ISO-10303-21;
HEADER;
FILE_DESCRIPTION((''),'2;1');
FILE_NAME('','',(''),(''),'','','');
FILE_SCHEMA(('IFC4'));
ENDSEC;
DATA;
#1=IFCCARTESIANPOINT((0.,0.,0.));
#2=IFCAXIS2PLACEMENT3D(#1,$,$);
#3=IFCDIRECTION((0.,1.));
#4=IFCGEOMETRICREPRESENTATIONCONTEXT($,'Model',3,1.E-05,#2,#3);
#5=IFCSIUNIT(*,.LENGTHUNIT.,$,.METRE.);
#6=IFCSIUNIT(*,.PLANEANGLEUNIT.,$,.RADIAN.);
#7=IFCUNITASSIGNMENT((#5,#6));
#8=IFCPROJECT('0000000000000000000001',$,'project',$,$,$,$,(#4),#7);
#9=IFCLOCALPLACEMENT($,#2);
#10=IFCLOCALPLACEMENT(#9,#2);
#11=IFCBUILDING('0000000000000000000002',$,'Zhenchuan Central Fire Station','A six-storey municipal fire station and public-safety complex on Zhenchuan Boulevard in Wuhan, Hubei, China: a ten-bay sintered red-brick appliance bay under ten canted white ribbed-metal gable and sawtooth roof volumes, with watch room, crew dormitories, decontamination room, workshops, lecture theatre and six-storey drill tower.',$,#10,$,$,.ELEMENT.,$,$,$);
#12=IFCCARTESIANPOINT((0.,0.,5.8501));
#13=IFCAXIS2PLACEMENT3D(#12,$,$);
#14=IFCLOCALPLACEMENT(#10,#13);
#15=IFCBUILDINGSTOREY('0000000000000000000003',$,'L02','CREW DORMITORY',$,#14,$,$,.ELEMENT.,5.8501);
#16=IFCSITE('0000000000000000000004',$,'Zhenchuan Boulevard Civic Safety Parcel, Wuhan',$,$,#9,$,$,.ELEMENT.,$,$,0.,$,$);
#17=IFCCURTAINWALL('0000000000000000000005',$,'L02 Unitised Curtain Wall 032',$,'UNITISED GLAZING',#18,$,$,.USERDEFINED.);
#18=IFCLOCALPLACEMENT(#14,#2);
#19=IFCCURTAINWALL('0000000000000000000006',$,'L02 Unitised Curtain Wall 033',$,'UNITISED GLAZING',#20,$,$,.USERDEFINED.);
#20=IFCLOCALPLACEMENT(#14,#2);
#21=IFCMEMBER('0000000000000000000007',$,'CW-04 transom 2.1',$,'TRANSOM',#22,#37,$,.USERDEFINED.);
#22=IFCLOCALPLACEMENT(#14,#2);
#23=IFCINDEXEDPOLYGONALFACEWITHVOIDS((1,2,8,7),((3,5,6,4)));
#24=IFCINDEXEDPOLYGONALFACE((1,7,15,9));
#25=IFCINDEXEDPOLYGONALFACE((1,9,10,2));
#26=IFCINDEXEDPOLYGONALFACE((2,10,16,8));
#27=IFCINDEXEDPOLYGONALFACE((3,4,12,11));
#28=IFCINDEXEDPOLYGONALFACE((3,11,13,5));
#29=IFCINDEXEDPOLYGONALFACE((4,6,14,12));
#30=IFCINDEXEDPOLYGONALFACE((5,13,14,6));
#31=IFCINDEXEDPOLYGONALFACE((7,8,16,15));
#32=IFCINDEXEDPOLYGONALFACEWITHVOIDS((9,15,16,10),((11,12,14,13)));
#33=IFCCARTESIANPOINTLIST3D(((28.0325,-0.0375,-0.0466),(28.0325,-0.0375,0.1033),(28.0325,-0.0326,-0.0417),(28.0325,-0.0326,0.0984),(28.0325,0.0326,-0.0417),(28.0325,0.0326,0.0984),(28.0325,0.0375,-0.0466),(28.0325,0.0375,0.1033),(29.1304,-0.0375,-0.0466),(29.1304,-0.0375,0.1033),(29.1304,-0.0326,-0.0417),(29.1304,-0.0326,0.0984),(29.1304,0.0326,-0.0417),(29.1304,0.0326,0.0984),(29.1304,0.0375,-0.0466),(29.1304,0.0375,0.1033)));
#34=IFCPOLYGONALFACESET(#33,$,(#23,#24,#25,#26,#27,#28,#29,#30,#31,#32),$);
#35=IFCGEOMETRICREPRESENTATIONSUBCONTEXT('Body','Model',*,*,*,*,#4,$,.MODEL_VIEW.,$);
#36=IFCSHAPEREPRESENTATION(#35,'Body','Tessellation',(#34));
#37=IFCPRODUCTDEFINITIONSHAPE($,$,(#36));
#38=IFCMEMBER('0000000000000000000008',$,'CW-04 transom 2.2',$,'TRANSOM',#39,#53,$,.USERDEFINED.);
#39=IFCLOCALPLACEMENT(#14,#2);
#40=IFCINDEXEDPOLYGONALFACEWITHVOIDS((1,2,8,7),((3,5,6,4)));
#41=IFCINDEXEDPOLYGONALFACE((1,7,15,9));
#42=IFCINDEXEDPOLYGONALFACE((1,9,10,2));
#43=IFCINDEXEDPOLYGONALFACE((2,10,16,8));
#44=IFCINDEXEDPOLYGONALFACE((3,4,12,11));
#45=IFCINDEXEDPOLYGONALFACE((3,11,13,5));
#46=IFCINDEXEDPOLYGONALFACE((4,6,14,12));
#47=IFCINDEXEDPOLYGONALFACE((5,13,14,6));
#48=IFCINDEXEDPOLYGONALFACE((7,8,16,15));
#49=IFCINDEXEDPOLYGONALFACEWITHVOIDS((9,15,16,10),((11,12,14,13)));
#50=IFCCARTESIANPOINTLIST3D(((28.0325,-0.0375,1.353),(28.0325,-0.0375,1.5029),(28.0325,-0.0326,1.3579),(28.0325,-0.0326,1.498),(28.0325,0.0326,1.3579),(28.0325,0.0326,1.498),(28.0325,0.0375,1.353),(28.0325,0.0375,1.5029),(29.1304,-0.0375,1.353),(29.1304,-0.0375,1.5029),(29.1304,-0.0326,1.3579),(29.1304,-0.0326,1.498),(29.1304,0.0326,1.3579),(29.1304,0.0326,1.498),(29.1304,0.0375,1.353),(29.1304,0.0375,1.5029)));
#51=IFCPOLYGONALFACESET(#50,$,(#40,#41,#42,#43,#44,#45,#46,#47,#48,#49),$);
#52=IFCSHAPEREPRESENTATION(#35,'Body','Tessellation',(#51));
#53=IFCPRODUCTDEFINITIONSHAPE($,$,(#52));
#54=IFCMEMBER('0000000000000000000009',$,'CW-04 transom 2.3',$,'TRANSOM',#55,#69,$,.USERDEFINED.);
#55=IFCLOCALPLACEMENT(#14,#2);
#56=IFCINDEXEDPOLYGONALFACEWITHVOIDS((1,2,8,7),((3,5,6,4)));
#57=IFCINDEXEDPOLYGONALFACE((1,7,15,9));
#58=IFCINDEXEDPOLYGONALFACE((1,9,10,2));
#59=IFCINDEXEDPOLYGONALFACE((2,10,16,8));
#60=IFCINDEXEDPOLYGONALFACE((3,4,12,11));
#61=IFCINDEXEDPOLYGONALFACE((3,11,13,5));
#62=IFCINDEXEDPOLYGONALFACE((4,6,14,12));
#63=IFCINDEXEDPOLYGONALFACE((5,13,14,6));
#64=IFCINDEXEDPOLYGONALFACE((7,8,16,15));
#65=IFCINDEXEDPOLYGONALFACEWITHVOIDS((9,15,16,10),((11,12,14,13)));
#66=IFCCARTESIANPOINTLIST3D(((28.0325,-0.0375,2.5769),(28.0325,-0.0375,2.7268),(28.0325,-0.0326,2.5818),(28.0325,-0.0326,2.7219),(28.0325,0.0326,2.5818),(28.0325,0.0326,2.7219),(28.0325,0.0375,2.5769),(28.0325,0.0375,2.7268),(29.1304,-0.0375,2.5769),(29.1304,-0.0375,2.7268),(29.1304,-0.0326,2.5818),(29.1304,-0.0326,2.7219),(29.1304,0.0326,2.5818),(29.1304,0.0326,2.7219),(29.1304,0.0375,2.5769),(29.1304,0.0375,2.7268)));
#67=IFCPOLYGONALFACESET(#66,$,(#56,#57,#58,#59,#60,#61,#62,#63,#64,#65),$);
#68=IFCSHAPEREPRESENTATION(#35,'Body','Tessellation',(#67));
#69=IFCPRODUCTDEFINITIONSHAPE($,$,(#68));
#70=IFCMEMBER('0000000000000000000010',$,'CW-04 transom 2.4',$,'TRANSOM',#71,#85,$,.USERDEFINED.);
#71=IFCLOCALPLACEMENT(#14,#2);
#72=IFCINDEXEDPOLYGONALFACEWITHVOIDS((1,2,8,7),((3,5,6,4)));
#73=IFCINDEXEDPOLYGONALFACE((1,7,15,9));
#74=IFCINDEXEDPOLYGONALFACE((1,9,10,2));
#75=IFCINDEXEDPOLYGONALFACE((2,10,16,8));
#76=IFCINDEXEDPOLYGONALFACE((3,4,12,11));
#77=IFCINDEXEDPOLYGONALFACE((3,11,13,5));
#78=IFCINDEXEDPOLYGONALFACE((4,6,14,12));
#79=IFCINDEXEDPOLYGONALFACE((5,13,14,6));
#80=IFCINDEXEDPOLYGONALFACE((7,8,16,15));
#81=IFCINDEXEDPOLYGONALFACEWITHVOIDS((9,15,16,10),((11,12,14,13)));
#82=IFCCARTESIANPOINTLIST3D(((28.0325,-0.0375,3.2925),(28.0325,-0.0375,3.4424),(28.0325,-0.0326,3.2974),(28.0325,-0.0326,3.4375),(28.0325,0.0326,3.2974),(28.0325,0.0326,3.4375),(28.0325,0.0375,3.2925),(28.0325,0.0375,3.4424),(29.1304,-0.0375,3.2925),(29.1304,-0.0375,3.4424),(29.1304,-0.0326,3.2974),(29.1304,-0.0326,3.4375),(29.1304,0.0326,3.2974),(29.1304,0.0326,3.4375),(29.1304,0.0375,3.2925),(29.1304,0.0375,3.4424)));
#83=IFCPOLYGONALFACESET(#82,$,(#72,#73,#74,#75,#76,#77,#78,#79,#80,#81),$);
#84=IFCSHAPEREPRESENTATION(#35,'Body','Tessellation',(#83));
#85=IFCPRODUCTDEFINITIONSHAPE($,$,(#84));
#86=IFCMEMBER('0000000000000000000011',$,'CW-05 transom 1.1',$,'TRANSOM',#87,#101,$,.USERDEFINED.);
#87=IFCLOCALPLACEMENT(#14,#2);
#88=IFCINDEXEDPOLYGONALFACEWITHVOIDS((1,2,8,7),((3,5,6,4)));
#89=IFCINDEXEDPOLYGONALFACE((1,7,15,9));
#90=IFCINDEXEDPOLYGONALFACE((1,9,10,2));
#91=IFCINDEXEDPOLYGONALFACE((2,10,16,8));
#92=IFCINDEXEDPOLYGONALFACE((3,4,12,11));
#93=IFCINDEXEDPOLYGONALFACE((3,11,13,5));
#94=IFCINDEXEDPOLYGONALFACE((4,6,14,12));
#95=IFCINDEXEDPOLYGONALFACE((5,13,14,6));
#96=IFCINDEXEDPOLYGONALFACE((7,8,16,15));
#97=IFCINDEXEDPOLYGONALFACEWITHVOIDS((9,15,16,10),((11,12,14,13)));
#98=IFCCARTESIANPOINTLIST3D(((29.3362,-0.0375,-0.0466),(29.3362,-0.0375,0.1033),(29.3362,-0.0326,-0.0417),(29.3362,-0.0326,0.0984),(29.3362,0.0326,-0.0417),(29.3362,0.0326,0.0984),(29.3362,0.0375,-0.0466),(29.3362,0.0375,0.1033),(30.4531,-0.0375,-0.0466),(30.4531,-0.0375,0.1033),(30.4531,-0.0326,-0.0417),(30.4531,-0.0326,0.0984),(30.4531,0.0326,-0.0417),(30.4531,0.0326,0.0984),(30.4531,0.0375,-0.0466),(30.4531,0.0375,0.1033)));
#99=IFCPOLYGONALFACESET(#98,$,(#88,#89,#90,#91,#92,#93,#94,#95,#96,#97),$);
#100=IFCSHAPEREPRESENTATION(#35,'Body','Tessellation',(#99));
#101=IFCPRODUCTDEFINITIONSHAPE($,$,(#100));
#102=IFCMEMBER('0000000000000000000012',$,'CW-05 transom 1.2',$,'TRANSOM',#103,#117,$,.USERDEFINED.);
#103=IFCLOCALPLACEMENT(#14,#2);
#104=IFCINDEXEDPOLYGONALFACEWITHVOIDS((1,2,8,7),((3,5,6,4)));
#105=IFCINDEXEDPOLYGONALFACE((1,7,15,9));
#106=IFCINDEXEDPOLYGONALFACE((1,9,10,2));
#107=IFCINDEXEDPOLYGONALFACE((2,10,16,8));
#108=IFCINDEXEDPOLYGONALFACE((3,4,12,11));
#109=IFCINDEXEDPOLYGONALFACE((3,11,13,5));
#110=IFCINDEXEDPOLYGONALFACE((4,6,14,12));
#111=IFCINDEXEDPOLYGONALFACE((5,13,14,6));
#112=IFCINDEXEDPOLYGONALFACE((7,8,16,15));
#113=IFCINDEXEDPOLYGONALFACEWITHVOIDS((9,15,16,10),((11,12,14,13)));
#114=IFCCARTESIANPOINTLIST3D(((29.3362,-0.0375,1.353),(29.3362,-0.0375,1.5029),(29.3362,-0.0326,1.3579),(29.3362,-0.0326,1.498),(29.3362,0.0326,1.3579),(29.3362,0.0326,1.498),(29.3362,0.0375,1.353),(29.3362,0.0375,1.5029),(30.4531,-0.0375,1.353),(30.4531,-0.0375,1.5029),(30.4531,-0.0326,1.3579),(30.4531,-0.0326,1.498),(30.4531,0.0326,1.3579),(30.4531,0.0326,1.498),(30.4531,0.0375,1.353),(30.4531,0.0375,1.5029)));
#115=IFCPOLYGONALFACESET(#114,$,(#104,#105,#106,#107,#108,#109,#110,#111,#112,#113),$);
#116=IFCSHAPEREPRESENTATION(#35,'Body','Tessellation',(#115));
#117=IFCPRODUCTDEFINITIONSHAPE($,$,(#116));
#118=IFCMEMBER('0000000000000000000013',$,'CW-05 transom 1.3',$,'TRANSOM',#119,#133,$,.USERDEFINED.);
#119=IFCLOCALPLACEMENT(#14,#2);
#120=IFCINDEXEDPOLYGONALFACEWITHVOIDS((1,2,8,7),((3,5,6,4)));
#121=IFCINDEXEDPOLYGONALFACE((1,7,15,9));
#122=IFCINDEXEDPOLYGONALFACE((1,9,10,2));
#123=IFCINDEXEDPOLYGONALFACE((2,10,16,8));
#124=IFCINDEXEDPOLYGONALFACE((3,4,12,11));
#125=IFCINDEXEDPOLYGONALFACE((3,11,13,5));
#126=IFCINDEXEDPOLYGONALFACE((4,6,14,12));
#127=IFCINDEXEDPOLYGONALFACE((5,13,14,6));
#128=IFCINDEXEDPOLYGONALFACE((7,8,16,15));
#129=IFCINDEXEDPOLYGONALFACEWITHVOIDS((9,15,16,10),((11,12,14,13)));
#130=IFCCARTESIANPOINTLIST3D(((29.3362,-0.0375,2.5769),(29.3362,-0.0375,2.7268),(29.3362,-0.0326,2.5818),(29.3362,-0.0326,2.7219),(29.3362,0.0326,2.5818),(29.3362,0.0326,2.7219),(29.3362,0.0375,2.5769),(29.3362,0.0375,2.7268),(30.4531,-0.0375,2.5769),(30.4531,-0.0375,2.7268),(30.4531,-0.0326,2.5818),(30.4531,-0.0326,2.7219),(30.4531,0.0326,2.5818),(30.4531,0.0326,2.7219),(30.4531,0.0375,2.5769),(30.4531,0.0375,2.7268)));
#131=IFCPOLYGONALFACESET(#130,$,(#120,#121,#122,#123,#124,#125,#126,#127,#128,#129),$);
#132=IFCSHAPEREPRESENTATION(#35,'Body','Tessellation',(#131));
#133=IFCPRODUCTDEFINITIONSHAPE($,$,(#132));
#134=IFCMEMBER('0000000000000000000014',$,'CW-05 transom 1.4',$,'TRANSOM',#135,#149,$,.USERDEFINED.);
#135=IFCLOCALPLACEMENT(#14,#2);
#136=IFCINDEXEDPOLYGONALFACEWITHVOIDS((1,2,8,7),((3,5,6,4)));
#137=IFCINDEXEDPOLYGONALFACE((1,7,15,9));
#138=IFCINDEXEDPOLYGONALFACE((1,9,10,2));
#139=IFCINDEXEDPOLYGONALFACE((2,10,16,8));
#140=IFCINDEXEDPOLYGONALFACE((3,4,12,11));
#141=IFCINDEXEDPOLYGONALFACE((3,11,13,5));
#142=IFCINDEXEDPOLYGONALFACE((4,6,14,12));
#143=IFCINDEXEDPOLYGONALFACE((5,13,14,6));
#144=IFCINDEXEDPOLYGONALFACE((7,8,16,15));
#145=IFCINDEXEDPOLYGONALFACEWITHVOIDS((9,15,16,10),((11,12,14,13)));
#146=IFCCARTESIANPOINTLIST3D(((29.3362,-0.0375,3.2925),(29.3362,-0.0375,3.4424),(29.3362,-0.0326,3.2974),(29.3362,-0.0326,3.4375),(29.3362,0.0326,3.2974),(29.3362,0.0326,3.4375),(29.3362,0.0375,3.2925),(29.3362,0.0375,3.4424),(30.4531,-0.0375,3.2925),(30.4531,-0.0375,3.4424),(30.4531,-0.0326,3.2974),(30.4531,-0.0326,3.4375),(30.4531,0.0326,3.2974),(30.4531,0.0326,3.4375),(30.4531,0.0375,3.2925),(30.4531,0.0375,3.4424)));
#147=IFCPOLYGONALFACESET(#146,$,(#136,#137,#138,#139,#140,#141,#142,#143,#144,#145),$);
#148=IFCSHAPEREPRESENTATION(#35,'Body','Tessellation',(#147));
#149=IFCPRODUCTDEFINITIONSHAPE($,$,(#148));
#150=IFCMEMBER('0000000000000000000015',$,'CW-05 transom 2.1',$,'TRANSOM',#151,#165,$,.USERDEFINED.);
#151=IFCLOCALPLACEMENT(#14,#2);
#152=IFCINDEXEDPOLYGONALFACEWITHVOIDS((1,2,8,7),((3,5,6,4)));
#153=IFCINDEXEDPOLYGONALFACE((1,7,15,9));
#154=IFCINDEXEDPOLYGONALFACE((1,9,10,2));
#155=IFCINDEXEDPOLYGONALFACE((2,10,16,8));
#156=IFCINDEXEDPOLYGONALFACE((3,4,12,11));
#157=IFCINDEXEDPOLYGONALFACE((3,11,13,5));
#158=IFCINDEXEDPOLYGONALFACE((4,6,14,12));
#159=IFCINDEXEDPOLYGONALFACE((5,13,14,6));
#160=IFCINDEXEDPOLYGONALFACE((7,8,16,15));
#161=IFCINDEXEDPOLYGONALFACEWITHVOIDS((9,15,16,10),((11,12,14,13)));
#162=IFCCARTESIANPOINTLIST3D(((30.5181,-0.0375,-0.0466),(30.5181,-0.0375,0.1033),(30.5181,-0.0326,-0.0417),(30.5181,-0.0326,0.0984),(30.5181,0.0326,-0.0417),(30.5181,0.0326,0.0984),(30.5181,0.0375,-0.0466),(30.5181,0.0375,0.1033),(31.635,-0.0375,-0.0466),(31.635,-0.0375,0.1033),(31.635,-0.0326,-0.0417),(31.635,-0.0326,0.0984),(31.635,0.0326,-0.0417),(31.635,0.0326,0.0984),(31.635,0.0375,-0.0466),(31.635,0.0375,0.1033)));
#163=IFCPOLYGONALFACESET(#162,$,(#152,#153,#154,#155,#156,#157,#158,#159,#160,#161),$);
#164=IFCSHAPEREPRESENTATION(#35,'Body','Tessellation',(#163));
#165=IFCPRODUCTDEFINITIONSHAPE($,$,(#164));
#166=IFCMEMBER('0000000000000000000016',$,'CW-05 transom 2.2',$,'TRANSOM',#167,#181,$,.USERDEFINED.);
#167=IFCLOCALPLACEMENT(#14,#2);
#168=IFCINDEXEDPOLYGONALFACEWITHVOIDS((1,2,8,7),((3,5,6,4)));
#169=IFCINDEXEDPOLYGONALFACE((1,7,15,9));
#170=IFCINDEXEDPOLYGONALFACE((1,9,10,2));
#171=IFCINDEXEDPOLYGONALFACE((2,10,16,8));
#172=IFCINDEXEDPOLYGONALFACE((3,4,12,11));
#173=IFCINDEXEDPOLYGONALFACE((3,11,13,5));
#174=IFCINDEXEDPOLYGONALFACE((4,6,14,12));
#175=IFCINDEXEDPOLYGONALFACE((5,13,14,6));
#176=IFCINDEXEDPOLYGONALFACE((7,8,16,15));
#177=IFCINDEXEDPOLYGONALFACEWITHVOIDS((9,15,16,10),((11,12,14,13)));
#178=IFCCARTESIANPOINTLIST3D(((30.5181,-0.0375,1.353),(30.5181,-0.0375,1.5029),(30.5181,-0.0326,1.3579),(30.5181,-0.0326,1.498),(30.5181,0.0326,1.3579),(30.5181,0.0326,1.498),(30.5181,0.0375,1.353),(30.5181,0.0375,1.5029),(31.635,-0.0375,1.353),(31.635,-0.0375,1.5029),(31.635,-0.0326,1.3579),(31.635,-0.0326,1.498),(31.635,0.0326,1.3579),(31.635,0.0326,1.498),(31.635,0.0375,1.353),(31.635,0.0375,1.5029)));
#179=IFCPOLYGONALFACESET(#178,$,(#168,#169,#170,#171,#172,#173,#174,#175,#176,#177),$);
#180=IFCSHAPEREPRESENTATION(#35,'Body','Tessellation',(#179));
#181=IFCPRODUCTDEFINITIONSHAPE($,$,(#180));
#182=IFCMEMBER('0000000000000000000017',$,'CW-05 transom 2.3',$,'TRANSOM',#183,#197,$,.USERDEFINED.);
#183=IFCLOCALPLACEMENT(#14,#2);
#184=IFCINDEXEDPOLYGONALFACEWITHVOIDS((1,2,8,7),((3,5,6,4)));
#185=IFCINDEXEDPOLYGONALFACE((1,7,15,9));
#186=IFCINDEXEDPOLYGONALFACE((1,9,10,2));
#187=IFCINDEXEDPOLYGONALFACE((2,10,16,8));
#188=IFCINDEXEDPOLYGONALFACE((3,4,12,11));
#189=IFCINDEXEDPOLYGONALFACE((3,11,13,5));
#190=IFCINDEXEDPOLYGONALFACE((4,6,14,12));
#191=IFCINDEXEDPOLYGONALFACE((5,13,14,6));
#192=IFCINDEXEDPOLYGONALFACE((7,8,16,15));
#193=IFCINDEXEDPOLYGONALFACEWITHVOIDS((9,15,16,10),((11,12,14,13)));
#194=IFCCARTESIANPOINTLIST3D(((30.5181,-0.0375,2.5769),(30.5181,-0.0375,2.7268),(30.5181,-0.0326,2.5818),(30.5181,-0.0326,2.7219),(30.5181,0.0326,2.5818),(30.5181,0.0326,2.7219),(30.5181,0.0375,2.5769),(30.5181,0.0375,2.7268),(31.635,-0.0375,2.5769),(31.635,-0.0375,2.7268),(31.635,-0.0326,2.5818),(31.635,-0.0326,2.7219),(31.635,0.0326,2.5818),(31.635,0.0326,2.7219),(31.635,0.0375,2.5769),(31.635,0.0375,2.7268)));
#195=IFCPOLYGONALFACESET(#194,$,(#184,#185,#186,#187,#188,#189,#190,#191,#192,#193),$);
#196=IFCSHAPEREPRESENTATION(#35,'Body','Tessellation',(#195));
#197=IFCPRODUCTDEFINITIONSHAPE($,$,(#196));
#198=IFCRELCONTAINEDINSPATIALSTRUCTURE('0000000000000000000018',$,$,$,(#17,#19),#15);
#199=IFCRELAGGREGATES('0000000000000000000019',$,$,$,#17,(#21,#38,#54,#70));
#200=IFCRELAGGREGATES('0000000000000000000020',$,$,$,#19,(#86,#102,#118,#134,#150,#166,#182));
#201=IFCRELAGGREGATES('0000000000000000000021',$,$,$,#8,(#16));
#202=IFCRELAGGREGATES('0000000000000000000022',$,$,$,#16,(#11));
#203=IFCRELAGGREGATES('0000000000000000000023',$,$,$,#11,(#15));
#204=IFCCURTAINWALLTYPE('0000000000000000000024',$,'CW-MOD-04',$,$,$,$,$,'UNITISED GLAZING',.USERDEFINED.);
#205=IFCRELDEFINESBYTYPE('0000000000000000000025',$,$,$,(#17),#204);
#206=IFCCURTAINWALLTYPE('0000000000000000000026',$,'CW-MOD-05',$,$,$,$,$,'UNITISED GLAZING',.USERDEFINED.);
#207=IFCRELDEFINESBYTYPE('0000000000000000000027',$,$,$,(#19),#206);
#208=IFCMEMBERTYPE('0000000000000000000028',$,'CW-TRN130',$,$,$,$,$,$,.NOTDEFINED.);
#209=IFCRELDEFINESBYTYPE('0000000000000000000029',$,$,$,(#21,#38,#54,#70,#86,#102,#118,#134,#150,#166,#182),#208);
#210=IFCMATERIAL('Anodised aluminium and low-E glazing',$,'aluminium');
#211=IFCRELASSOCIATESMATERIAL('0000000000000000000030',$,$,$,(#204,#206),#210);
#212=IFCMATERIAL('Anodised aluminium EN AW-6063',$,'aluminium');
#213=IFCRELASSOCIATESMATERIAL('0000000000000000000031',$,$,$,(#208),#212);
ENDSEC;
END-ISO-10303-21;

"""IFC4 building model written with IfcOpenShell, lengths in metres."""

from ifc_helpers import new_model, si_unit, direction, frame, origin, origin_2d, place, context, subcontext, project, spatial, hollow_rectangle, extrude, material, material_profile, profile_set, type_object, element, aggregate, save


model = new_model("IFC4")

# Units and contexts
model_context = context("Model", 3, precision=1e-05, world=origin(), true_north=direction((0.0, 1.0)))
body_context = subcontext(model_context, "Body", "Model", "MODEL_VIEW")
ifc_project = project(units=[si_unit("LENGTHUNIT", "METRE"), si_unit("PLANEANGLEUNIT", "RADIAN")], contexts=[model_context])

# Site, building, storey
site_placement = place(None, origin())
site = spatial("IfcSite", under=ifc_project, at=site_placement, Name="Zhenchuan Boulevard Civic Safety Parcel, Wuhan", CompositionType="ELEMENT", RefElevation=0.0)
building_placement = place(site_placement, origin())
building = spatial("IfcBuilding", under=site, at=building_placement, Name="Zhenchuan Central Fire Station", Description="A six-storey municipal fire station and public-safety complex on Zhenchuan Boulevard in Wuhan, Hubei, China: a ten-bay sintered red-brick appliance bay under ten canted white ribbed-metal gable and sawtooth roof volumes, with watch room, crew dormitories, decontamination room, workshops, lecture theatre and six-storey drill tower.", CompositionType="ELEMENT")
storey_placement = place(building_placement, frame((0.0, 0.0, 5.8501)))
storey = spatial("IfcBuildingStorey", under=building, at=storey_placement, Name="L02", Description="CREW DORMITORY", CompositionType="ELEMENT", Elevation=5.8501)

# Shared definitions
ifc_material_1 = material(Name="Anodised aluminium and low-E glazing", Category="aluminium")
ifc_material_2 = material(Name="Anodised aluminium EN AW-6063", Category="aluminium")

# Curtain walls
curtain_wall_type_1 = type_object("IfcCurtainWallType", Name="CW-MOD-04", ElementType="UNITISED GLAZING", PredefinedType="USERDEFINED", material=ifc_material_1)
curtain_wall_1_placement = place(storey_placement, origin())
curtain_wall_1 = element("IfcCurtainWall", 1, at=curtain_wall_1_placement, inside=storey, type_object=curtain_wall_type_1, Name="L02 Unitised Curtain Wall 032", ObjectType="UNITISED GLAZING", PredefinedType="USERDEFINED")
curtain_wall_type_2 = type_object("IfcCurtainWallType", Name="CW-MOD-05", ElementType="UNITISED GLAZING", PredefinedType="USERDEFINED", material=ifc_material_1)
curtain_wall_2_placement = place(storey_placement, origin())
curtain_wall_2 = element("IfcCurtainWall", 2, at=curtain_wall_2_placement, inside=storey, type_object=curtain_wall_type_2, Name="L02 Unitised Curtain Wall 033", ObjectType="UNITISED GLAZING", PredefinedType="USERDEFINED")

# Members
ifc_material_profile_1 = material_profile(ifc_material_2, hollow_rectangle(XDim=0.075, YDim=0.1499, WallThickness=0.0049, at=origin_2d()), Name="ALU-T 150x75")
ifc_profile_set_1 = profile_set([ifc_material_profile_1], Name="Anodised aluminium EN AW-6063")
member_type_1 = type_object("IfcMemberType", Name="CW-TRN130", PredefinedType="NOTDEFINED", material=ifc_profile_set_1)
member_1_placement = place(storey_placement, frame((28.0325, 0.0, 0.0283), z_axis=(1.0, 0.0, 0.0), x_axis=(0.0, 1.0, 0.0)))
member_1 = element("IfcMember", 3, at=member_1_placement, type_object=member_type_1, Name="CW-04 transom 2.1", ObjectType="TRANSOM", PredefinedType="USERDEFINED", context=body_context, shape_type="SweptSolid", body=[
    extrude(hollow_rectangle(XDim=0.075, YDim=0.1499, WallThickness=0.0049, at=origin_2d()), origin(), (0.0, 0.0, 1.0), 1.0979),
])
member_2_placement = place(storey_placement, frame((28.0325, 0.0, 1.428), z_axis=(1.0, 0.0, 0.0), x_axis=(0.0, 1.0, 0.0)))
member_2 = element("IfcMember", 4, at=member_2_placement, type_object=member_type_1, Name="CW-04 transom 2.2", ObjectType="TRANSOM", PredefinedType="USERDEFINED", context=body_context, shape_type="SweptSolid", body=[
    extrude(hollow_rectangle(XDim=0.075, YDim=0.1499, WallThickness=0.0049, at=origin_2d()), origin(), (0.0, 0.0, 1.0), 1.0979),
])
member_3_placement = place(storey_placement, frame((28.0325, 0.0, 2.6519), z_axis=(1.0, 0.0, 0.0), x_axis=(0.0, 1.0, 0.0)))
member_3 = element("IfcMember", 5, at=member_3_placement, type_object=member_type_1, Name="CW-04 transom 2.3", ObjectType="TRANSOM", PredefinedType="USERDEFINED", context=body_context, shape_type="SweptSolid", body=[
    extrude(hollow_rectangle(XDim=0.075, YDim=0.1499, WallThickness=0.0049, at=origin_2d()), origin(), (0.0, 0.0, 1.0), 1.0979),
])
member_4_placement = place(storey_placement, frame((28.0325, 0.0, 3.3674), z_axis=(1.0, 0.0, 0.0), x_axis=(0.0, 1.0, 0.0)))
member_4 = element("IfcMember", 6, at=member_4_placement, type_object=member_type_1, Name="CW-04 transom 2.4", ObjectType="TRANSOM", PredefinedType="USERDEFINED", context=body_context, shape_type="SweptSolid", body=[
    extrude(hollow_rectangle(XDim=0.075, YDim=0.1499, WallThickness=0.0049, at=origin_2d()), origin(), (0.0, 0.0, 1.0), 1.0979),
])
member_5_placement = place(storey_placement, frame((29.3362, 0.0, 0.0283), z_axis=(1.0, 0.0, 0.0), x_axis=(0.0, 1.0, 0.0)))
member_5 = element("IfcMember", 7, at=member_5_placement, type_object=member_type_1, Name="CW-05 transom 1.1", ObjectType="TRANSOM", PredefinedType="USERDEFINED", context=body_context, shape_type="SweptSolid", body=[
    extrude(hollow_rectangle(XDim=0.075, YDim=0.1499, WallThickness=0.0049, at=origin_2d()), origin(), (0.0, 0.0, 1.0), 1.1169),
])
member_6_placement = place(storey_placement, frame((29.3362, 0.0, 1.428), z_axis=(1.0, 0.0, 0.0), x_axis=(0.0, 1.0, 0.0)))
member_6 = element("IfcMember", 8, at=member_6_placement, type_object=member_type_1, Name="CW-05 transom 1.2", ObjectType="TRANSOM", PredefinedType="USERDEFINED", context=body_context, shape_type="SweptSolid", body=[
    extrude(hollow_rectangle(XDim=0.075, YDim=0.1499, WallThickness=0.0049, at=origin_2d()), origin(), (0.0, 0.0, 1.0), 1.1169),
])
member_7_placement = place(storey_placement, frame((29.3362, 0.0, 2.6519), z_axis=(1.0, 0.0, 0.0), x_axis=(0.0, 1.0, 0.0)))
member_7 = element("IfcMember", 9, at=member_7_placement, type_object=member_type_1, Name="CW-05 transom 1.3", ObjectType="TRANSOM", PredefinedType="USERDEFINED", context=body_context, shape_type="SweptSolid", body=[
    extrude(hollow_rectangle(XDim=0.075, YDim=0.1499, WallThickness=0.0049, at=origin_2d()), origin(), (0.0, 0.0, 1.0), 1.1169),
])
member_8_placement = place(storey_placement, frame((29.3362, 0.0, 3.3674), z_axis=(1.0, 0.0, 0.0), x_axis=(0.0, 1.0, 0.0)))
member_8 = element("IfcMember", 10, at=member_8_placement, type_object=member_type_1, Name="CW-05 transom 1.4", ObjectType="TRANSOM", PredefinedType="USERDEFINED", context=body_context, shape_type="SweptSolid", body=[
    extrude(hollow_rectangle(XDim=0.075, YDim=0.1499, WallThickness=0.0049, at=origin_2d()), origin(), (0.0, 0.0, 1.0), 1.1169),
])
member_9_placement = place(storey_placement, frame((30.5181, 0.0, 0.0283), z_axis=(1.0, 0.0, 0.0), x_axis=(0.0, 1.0, 0.0)))
member_9 = element("IfcMember", 11, at=member_9_placement, type_object=member_type_1, Name="CW-05 transom 2.1", ObjectType="TRANSOM", PredefinedType="USERDEFINED", context=body_context, shape_type="SweptSolid", body=[
    extrude(hollow_rectangle(XDim=0.075, YDim=0.1499, WallThickness=0.0049, at=origin_2d()), origin(), (0.0, 0.0, 1.0), 1.1169),
])
member_10_placement = place(storey_placement, frame((30.5181, 0.0, 1.428), z_axis=(1.0, 0.0, 0.0), x_axis=(0.0, 1.0, 0.0)))
member_10 = element("IfcMember", 12, at=member_10_placement, type_object=member_type_1, Name="CW-05 transom 2.2", ObjectType="TRANSOM", PredefinedType="USERDEFINED", context=body_context, shape_type="SweptSolid", body=[
    extrude(hollow_rectangle(XDim=0.075, YDim=0.1499, WallThickness=0.0049, at=origin_2d()), origin(), (0.0, 0.0, 1.0), 1.1169),
])
member_11_placement = place(storey_placement, frame((30.5181, 0.0, 2.6519), z_axis=(1.0, 0.0, 0.0), x_axis=(0.0, 1.0, 0.0)))
member_11 = element("IfcMember", 13, at=member_11_placement, type_object=member_type_1, Name="CW-05 transom 2.3", ObjectType="TRANSOM", PredefinedType="USERDEFINED", context=body_context, shape_type="SweptSolid", body=[
    extrude(hollow_rectangle(XDim=0.075, YDim=0.1499, WallThickness=0.0049, at=origin_2d()), origin(), (0.0, 0.0, 1.0), 1.1169),
])

aggregate(curtain_wall_1, [member_1, member_2, member_3, member_4])
aggregate(curtain_wall_2, [member_5, member_6, member_7, member_8, member_9, member_10, member_11])

save(model, "model.ifc")
